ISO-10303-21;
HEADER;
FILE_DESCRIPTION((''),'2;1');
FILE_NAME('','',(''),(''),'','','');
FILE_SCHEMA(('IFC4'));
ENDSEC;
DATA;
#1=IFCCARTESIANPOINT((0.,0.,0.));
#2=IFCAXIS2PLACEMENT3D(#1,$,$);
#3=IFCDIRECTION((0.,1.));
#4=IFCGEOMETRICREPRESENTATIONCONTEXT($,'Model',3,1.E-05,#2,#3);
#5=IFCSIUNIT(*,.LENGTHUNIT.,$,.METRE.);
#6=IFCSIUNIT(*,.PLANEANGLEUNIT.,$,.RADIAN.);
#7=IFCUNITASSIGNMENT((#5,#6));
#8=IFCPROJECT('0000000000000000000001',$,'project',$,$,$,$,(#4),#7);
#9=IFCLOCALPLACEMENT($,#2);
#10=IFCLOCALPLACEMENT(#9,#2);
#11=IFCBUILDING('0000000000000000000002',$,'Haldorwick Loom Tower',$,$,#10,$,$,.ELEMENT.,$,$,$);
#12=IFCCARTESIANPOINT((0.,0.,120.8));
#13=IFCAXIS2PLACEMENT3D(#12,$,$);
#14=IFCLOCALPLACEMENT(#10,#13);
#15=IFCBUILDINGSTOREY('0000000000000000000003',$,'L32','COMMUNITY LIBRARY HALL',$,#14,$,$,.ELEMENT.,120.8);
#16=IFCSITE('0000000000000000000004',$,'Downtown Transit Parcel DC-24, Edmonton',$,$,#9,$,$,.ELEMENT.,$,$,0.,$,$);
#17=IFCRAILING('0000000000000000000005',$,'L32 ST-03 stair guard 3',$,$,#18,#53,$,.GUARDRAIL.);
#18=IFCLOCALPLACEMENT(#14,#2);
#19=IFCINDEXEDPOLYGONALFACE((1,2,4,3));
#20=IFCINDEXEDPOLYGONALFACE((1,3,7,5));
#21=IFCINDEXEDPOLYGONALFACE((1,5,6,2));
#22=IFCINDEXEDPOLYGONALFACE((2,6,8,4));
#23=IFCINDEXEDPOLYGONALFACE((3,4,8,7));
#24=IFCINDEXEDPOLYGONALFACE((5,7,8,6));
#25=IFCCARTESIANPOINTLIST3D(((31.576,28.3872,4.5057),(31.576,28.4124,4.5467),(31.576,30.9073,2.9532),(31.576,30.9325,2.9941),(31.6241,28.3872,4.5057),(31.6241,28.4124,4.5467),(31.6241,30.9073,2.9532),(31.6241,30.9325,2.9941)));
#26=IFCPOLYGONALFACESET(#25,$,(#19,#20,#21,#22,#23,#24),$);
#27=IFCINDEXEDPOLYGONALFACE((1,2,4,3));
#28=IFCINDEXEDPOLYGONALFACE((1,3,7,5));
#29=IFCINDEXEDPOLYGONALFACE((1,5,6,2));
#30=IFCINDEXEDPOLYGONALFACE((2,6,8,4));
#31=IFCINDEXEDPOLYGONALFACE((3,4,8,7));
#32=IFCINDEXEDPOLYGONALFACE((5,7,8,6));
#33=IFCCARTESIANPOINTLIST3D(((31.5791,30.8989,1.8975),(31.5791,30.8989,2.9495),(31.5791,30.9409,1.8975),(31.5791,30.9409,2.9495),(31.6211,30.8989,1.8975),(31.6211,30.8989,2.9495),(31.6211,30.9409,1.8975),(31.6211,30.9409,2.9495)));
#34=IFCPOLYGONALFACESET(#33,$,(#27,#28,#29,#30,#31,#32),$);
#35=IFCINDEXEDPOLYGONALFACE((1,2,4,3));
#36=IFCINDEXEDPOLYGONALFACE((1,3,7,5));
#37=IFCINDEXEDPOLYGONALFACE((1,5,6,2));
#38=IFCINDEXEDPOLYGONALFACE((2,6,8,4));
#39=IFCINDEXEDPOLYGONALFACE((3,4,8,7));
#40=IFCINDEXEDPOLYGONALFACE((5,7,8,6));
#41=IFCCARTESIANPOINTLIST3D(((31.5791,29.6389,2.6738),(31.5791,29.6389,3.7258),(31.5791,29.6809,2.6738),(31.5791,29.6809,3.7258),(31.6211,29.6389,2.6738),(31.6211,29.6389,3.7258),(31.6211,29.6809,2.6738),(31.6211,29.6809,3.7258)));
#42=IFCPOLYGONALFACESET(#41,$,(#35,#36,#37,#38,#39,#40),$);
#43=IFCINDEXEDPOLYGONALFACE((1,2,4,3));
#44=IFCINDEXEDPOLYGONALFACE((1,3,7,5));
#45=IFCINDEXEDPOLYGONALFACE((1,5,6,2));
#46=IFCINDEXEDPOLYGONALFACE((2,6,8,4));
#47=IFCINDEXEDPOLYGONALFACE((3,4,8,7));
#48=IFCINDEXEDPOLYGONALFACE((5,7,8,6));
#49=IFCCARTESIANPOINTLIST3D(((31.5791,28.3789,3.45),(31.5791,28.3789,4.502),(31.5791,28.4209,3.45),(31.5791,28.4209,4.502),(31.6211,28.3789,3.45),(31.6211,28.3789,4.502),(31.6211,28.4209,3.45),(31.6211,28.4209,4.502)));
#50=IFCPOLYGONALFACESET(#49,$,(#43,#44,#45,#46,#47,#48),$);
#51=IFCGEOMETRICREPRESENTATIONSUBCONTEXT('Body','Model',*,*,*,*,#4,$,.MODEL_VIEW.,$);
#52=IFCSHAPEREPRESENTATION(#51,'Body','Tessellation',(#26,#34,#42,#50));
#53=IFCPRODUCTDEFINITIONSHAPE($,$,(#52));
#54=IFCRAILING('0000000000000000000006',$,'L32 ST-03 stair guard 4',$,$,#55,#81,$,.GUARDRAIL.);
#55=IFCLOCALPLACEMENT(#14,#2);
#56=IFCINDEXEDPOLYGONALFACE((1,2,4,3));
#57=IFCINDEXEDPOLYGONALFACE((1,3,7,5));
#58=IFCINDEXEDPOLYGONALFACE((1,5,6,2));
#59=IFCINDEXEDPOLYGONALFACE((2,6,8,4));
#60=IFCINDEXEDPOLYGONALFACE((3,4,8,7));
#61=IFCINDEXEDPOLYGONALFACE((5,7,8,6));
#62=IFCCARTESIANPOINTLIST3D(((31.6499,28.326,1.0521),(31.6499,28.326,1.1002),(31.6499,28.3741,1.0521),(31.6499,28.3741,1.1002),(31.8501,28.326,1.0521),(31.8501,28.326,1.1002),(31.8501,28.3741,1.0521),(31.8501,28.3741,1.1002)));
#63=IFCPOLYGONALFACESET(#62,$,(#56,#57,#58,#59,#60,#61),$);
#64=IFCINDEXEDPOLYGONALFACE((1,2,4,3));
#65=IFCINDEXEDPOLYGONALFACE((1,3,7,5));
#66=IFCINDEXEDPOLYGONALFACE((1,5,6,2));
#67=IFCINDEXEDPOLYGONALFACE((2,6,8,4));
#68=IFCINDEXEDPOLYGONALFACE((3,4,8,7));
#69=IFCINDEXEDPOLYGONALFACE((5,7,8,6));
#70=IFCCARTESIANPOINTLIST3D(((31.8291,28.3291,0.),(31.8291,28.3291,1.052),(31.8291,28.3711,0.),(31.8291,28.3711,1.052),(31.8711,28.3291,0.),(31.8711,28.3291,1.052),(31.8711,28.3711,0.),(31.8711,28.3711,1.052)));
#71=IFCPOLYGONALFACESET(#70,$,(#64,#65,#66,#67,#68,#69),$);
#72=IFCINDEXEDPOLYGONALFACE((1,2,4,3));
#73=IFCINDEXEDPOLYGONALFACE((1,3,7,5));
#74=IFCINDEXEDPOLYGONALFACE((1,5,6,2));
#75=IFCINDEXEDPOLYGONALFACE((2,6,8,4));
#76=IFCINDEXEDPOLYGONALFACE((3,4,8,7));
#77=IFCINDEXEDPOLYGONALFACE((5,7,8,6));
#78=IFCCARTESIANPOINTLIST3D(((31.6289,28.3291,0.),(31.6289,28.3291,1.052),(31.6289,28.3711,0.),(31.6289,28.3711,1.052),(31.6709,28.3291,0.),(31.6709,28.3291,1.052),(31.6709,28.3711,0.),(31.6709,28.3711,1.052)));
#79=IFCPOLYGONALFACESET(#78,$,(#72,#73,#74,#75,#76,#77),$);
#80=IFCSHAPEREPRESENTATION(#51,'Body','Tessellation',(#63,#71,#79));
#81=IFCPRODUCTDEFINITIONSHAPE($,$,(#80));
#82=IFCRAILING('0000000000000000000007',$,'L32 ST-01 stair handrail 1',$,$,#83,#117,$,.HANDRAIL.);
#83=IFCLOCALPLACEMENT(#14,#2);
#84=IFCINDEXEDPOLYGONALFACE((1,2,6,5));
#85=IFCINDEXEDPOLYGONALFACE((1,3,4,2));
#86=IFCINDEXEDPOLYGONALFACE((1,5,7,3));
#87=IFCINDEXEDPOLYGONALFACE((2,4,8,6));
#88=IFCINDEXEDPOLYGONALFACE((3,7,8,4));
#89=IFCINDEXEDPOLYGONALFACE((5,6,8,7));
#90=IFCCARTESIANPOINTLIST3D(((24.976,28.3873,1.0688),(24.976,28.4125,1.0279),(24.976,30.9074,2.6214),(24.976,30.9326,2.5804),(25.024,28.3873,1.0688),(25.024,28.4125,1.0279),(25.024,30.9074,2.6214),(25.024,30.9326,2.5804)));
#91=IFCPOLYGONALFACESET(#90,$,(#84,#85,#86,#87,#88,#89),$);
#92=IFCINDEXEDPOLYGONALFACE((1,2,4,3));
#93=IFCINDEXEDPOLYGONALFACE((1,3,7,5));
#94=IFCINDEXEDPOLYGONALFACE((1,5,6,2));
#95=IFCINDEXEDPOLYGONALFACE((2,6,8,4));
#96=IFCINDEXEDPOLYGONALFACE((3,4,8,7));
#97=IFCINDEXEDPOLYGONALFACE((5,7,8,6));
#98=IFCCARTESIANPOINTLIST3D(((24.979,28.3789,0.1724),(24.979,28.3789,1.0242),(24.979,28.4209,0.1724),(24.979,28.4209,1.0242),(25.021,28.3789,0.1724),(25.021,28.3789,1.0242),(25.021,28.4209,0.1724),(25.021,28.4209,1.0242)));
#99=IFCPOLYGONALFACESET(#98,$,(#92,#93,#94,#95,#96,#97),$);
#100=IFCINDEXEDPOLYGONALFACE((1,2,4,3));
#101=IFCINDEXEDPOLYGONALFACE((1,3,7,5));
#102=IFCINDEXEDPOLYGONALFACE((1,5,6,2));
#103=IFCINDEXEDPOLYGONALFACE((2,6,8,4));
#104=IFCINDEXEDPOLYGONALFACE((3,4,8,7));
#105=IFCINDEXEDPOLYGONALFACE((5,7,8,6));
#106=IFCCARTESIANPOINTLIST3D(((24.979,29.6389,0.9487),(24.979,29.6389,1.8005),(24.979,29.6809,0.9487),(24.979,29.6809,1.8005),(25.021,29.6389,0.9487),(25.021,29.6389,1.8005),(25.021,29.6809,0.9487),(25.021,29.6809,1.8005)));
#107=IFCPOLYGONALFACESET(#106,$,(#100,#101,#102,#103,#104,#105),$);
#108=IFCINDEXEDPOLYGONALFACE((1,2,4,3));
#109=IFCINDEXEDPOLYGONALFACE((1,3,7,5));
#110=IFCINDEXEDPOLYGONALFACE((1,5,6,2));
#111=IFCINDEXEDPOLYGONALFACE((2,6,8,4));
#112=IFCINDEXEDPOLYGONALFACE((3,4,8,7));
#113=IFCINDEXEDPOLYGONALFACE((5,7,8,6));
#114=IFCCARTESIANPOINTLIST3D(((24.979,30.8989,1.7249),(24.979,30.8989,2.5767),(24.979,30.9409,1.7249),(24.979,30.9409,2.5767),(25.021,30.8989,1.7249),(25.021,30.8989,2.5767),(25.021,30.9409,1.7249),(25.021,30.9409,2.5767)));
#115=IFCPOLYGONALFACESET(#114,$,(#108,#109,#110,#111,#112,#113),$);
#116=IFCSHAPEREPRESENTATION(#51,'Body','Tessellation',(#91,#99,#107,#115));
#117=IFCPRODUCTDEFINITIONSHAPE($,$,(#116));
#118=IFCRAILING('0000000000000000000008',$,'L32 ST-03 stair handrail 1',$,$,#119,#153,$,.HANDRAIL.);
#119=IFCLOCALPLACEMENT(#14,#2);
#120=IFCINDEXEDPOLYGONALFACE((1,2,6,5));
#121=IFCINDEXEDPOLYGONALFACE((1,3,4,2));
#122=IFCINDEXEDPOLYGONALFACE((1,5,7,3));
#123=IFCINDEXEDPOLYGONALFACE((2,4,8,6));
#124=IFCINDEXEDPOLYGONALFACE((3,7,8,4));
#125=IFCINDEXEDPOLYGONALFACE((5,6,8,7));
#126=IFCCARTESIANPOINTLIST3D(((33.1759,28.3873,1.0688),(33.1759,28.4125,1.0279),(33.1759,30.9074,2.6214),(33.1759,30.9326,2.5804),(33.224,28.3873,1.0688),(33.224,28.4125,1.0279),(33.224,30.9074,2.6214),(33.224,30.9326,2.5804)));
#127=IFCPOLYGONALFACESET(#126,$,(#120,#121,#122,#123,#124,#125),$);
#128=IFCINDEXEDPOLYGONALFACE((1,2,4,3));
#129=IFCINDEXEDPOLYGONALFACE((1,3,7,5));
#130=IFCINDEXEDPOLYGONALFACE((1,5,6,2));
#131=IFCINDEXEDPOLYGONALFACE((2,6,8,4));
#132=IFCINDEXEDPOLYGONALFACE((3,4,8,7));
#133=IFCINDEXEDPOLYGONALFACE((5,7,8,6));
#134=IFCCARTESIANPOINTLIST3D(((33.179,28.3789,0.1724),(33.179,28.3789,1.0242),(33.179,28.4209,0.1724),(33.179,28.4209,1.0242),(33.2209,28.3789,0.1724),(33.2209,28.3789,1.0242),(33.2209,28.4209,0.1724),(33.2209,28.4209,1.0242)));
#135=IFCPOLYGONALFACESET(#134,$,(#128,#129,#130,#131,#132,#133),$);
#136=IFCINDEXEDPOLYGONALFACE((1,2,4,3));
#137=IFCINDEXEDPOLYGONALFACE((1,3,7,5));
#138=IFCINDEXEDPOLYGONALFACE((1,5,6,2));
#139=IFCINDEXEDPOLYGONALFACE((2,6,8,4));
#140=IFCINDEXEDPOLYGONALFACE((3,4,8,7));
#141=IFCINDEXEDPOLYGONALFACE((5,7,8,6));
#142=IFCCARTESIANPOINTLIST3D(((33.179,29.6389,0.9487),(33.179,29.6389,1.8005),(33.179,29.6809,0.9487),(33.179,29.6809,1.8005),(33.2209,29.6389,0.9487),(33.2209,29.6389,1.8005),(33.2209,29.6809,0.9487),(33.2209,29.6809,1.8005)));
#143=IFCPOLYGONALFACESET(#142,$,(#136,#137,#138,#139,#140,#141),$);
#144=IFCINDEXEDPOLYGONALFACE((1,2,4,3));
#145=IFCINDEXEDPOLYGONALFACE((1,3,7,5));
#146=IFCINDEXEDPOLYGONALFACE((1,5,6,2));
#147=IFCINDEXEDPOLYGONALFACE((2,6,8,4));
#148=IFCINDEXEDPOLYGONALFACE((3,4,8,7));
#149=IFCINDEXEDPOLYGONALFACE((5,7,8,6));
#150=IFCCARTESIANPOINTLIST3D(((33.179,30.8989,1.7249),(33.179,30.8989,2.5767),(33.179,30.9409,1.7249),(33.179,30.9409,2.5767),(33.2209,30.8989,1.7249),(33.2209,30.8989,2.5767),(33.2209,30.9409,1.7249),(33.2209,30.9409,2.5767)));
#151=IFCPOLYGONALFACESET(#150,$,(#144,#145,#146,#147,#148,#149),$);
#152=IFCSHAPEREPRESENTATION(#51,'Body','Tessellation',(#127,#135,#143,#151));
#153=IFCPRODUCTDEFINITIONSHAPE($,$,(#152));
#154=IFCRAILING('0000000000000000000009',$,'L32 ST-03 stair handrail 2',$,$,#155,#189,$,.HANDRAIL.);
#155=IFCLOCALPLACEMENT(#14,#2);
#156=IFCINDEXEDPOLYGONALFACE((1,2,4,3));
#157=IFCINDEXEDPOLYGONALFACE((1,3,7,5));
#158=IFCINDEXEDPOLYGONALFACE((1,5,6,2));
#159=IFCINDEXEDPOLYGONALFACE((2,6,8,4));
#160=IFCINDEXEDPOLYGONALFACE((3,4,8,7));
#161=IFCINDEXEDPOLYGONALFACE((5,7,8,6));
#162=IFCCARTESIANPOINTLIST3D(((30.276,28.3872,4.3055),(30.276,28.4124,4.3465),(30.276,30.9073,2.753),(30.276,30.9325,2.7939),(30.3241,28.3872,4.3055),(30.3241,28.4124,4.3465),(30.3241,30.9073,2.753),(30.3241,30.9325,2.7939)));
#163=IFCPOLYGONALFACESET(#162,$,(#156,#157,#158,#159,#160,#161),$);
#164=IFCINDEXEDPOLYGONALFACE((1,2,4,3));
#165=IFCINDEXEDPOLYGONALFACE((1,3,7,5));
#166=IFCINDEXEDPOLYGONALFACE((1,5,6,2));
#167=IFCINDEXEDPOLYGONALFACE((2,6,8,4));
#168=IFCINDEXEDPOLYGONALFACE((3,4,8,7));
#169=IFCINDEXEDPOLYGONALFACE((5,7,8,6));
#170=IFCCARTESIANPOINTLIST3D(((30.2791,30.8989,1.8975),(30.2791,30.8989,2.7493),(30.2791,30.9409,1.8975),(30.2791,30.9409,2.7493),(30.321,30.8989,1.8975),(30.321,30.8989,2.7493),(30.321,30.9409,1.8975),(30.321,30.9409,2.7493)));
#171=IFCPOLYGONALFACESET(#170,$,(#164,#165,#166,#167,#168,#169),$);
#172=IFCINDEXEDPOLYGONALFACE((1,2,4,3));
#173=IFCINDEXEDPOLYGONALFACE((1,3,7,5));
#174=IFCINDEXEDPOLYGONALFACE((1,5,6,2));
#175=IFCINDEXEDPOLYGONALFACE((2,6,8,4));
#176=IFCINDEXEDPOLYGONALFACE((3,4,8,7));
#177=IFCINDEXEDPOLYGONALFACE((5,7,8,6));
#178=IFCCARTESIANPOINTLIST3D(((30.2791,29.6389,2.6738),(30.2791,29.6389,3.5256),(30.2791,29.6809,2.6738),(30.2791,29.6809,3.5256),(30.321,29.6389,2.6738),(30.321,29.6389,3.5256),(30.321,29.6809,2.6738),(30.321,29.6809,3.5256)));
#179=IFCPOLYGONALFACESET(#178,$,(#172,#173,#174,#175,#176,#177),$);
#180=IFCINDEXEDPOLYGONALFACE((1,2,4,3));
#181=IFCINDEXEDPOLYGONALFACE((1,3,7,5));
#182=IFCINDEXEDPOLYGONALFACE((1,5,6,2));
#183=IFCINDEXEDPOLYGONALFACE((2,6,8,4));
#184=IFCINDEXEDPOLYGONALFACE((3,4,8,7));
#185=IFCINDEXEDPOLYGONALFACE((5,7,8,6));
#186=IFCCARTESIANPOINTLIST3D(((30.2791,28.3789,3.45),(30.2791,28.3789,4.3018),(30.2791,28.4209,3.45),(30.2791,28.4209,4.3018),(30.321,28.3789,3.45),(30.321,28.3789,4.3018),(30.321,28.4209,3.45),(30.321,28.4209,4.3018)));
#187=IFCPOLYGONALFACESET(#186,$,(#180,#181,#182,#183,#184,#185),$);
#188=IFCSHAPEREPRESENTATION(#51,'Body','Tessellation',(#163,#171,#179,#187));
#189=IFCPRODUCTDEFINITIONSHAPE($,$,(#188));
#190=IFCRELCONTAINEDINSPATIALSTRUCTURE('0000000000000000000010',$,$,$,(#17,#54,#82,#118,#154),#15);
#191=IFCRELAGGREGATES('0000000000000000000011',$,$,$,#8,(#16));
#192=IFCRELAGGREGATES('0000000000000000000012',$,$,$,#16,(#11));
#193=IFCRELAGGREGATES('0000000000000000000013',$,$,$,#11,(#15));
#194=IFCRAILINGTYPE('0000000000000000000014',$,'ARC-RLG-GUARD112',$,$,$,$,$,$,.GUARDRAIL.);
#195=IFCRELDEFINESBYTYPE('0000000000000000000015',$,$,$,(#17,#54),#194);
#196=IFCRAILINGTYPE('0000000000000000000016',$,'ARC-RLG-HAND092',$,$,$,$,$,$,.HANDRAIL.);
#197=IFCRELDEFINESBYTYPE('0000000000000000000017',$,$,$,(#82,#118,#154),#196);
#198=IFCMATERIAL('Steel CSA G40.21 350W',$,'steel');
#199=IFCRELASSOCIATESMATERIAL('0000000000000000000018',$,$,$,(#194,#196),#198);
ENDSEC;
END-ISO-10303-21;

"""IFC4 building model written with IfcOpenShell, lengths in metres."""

from ifc_helpers import new_model, si_unit, direction, frame, origin, origin_2d, place, context, subcontext, project, spatial, rectangle, extrude, material, type_object, element, save


model = new_model("IFC4")

# Units and contexts
model_context = context("Model", 3, precision=1e-05, world=origin(), true_north=direction((0.0, 1.0)))
body_context = subcontext(model_context, "Body", "Model", "MODEL_VIEW")
ifc_project = project(units=[si_unit("LENGTHUNIT", "METRE"), si_unit("PLANEANGLEUNIT", "RADIAN")], contexts=[model_context])

# Site, building, storey
site_placement = place(None, origin())
site = spatial("IfcSite", under=ifc_project, at=site_placement, Name="Downtown Transit Parcel DC-24, Edmonton", CompositionType="ELEMENT", RefElevation=0.0)
building_placement = place(site_placement, origin())
building = spatial("IfcBuilding", under=site, at=building_placement, Name="Haldorwick Loom Tower", CompositionType="ELEMENT")
storey_placement = place(building_placement, frame((0.0, 0.0, 120.8)))
storey = spatial("IfcBuildingStorey", under=building, at=storey_placement, Name="L32", Description="COMMUNITY LIBRARY HALL", CompositionType="ELEMENT", Elevation=120.8)

# Shared definitions
ifc_material_1 = material(Name="Steel CSA G40.21 350W", Category="steel")

# Railings
railing_type_1 = type_object("IfcRailingType", Name="ARC-RLG-GUARD112", PredefinedType="GUARDRAIL", material=ifc_material_1)
railing_1_placement = place(storey_placement, frame((31.6001, 30.9199, 1.8975)))
element("IfcRailing", 1, at=railing_1_placement, inside=storey, type_object=railing_type_1, Name="L32 ST-03 stair guard 3", PredefinedType="GUARDRAIL", context=body_context, shape_type="SweptSolid", body=[
    extrude(rectangle(XDim=0.0481, YDim=0.0481, at=origin_2d()), frame((0.0, 0.0, 1.0762), z_axis=(0.0, -0.8514, 0.524516), x_axis=(1.0, 0.0, 0.0)), (0.0, 0.0, 1.0), 2.96),
    extrude(rectangle(XDim=0.042, YDim=0.042, at=origin_2d()), origin(), (0.0, 0.0, 1.0), 1.052),
    extrude(rectangle(XDim=0.042, YDim=0.042, at=origin_2d()), frame((0.0, -1.26, 0.7764)), (0.0, 0.0, 1.0), 1.052),
    extrude(rectangle(XDim=0.042, YDim=0.042, at=origin_2d()), frame((0.0, -2.52, 1.5525)), (0.0, 0.0, 1.0), 1.052),
])
railing_2_placement = place(storey_placement, frame((31.8501, 28.3501, 0.0)))
element("IfcRailing", 2, at=railing_2_placement, inside=storey, type_object=railing_type_1, Name="L32 ST-03 stair guard 4", PredefinedType="GUARDRAIL", context=body_context, shape_type="SweptSolid", body=[
    extrude(rectangle(XDim=0.0481, YDim=0.0481, at=origin_2d()), frame((0.0, 0.0, 1.0762), z_axis=(-1.0, 0.0, 0.0), x_axis=(0.0, -1.0, 0.0)), (0.0, 0.0, 1.0), 0.2002),
    extrude(rectangle(XDim=0.042, YDim=0.042, at=origin_2d()), origin(), (0.0, 0.0, 1.0), 1.052),
    extrude(rectangle(XDim=0.042, YDim=0.042, at=origin_2d()), frame((-0.2002, 0.0, 0.0)), (0.0, 0.0, 1.0), 1.052),
])
railing_type_2 = type_object("IfcRailingType", Name="ARC-RLG-HAND092", PredefinedType="HANDRAIL", material=ifc_material_1)
for number, where, name in (
    (3, (25.0, 28.3999, 0.1724), "L32 ST-01 stair handrail 1"),
    (4, (33.2, 28.3999, 0.1724), "L32 ST-03 stair handrail 1"),
):
    element("IfcRailing", number, at=place(storey_placement, frame(where)), inside=storey, type_object=railing_type_2, Name=name, PredefinedType="HANDRAIL", context=body_context, shape_type="SweptSolid", body=[
        extrude(rectangle(XDim=0.0481, YDim=0.0481, at=origin_2d()), frame((0.0, 0.0, 0.876), z_axis=(0.0, 0.8514, 0.524516), x_axis=(-1.0, 0.0, 0.0)), (0.0, 0.0, 1.0), 2.96),
        extrude(rectangle(XDim=0.042, YDim=0.042, at=origin_2d()), origin(), (0.0, 0.0, 1.0), 0.8518),
        extrude(rectangle(XDim=0.042, YDim=0.042, at=origin_2d()), frame((0.0, 1.26, 0.7764)), (0.0, 0.0, 1.0), 0.8518),
        extrude(rectangle(XDim=0.042, YDim=0.042, at=origin_2d()), frame((0.0, 2.52, 1.5525)), (0.0, 0.0, 1.0), 0.8518),
    ])
railing_3_placement = place(storey_placement, frame((30.3, 30.9199, 1.8975)))
element("IfcRailing", 5, at=railing_3_placement, inside=storey, type_object=railing_type_2, Name="L32 ST-03 stair handrail 2", PredefinedType="HANDRAIL", context=body_context, shape_type="SweptSolid", body=[
    extrude(rectangle(XDim=0.0481, YDim=0.0481, at=origin_2d()), frame((0.0, 0.0, 0.876), z_axis=(0.0, -0.8514, 0.524516), x_axis=(1.0, 0.0, 0.0)), (0.0, 0.0, 1.0), 2.96),
    extrude(rectangle(XDim=0.042, YDim=0.042, at=origin_2d()), origin(), (0.0, 0.0, 1.0), 0.8518),
    extrude(rectangle(XDim=0.042, YDim=0.042, at=origin_2d()), frame((0.0, -1.26, 0.7764)), (0.0, 0.0, 1.0), 0.8518),
    extrude(rectangle(XDim=0.042, YDim=0.042, at=origin_2d()), frame((0.0, -2.52, 1.5525)), (0.0, 0.0, 1.0), 0.8518),
])

save(model, "model.ifc")
